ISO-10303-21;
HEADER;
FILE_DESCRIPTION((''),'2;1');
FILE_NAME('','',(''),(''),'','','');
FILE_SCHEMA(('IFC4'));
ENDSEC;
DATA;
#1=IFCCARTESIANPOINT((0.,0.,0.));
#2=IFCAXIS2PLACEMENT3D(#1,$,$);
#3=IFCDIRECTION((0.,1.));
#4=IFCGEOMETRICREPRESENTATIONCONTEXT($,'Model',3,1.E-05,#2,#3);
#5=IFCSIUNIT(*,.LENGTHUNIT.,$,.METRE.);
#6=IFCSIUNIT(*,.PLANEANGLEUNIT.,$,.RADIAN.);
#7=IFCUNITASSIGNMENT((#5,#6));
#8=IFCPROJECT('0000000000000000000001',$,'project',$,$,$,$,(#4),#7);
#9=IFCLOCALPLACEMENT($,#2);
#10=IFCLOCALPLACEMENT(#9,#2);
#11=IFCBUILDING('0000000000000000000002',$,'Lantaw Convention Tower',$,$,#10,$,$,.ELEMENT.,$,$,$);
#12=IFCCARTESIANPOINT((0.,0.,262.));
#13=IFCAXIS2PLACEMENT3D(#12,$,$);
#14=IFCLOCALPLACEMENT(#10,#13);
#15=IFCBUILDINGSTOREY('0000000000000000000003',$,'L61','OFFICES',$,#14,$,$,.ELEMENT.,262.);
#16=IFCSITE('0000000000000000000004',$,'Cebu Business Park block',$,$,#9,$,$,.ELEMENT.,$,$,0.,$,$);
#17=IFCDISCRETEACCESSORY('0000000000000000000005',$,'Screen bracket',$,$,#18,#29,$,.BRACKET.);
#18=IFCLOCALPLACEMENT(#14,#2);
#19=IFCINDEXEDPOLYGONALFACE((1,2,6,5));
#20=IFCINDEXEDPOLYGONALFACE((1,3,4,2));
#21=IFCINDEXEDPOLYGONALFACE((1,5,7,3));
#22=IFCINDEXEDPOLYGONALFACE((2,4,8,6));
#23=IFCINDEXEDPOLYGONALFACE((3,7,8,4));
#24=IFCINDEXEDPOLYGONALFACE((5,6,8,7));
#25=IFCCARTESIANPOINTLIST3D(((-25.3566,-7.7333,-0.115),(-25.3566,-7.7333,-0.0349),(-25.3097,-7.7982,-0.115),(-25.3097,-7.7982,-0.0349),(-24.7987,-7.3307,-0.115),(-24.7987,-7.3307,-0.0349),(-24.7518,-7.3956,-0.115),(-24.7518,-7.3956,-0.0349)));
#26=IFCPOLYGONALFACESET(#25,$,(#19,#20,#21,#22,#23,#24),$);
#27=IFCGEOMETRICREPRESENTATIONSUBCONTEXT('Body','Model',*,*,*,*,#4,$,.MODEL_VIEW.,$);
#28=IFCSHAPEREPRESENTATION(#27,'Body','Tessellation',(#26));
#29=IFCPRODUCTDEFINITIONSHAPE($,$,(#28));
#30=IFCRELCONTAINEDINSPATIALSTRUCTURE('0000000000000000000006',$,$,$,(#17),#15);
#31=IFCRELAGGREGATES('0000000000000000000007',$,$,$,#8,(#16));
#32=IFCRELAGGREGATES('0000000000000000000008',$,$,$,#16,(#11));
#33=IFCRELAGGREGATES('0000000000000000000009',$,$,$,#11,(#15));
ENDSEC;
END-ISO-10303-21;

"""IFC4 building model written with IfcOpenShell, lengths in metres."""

from ifc_helpers import new_model, si_unit, direction, frame, origin, origin_2d, place, context, subcontext, project, spatial, rectangle, extrude, element, save


model = new_model("IFC4")

# Units and contexts
model_context = context("Model", 3, precision=1e-05, world=origin(), true_north=direction((0.0, 1.0)))
body_context = subcontext(model_context, "Body", "Model", "MODEL_VIEW")
ifc_project = project(units=[si_unit("LENGTHUNIT", "METRE"), si_unit("PLANEANGLEUNIT", "RADIAN")], contexts=[model_context])

# Site, building, storey
site_placement = place(None, origin())
site = spatial("IfcSite", under=ifc_project, at=site_placement, Name="Cebu Business Park block", CompositionType="ELEMENT", RefElevation=0.0)
building_placement = place(site_placement, origin())
building = spatial("IfcBuilding", under=site, at=building_placement, Name="Lantaw Convention Tower", CompositionType="ELEMENT")
storey_placement = place(building_placement, frame((0.0, 0.0, 262.0)))
storey = spatial("IfcBuildingStorey", under=building, at=storey_placement, Name="L61", Description="OFFICES", CompositionType="ELEMENT", Elevation=262.0)

# Discrete accessory
for number, where, z_axis, x_axis, name in (
    (1, (-25.0542, -7.5645, -0.115), (0.0, 0.0, 1.0), (0.585158, -0.81092, 0.0), "Screen bracket"),
):
    element("IfcDiscreteAccessory", number, at=place(storey_placement, frame(where, z_axis=z_axis, x_axis=x_axis)), inside=storey, Name=name, PredefinedType="BRACKET", context=body_context, shape_type="SweptSolid", body=[
        extrude(rectangle(XDim=0.0801, YDim=0.688, at=origin_2d()), origin(), (0.0, 0.0, 1.0), 0.0801),
    ])

save(model, "model.ifc")
